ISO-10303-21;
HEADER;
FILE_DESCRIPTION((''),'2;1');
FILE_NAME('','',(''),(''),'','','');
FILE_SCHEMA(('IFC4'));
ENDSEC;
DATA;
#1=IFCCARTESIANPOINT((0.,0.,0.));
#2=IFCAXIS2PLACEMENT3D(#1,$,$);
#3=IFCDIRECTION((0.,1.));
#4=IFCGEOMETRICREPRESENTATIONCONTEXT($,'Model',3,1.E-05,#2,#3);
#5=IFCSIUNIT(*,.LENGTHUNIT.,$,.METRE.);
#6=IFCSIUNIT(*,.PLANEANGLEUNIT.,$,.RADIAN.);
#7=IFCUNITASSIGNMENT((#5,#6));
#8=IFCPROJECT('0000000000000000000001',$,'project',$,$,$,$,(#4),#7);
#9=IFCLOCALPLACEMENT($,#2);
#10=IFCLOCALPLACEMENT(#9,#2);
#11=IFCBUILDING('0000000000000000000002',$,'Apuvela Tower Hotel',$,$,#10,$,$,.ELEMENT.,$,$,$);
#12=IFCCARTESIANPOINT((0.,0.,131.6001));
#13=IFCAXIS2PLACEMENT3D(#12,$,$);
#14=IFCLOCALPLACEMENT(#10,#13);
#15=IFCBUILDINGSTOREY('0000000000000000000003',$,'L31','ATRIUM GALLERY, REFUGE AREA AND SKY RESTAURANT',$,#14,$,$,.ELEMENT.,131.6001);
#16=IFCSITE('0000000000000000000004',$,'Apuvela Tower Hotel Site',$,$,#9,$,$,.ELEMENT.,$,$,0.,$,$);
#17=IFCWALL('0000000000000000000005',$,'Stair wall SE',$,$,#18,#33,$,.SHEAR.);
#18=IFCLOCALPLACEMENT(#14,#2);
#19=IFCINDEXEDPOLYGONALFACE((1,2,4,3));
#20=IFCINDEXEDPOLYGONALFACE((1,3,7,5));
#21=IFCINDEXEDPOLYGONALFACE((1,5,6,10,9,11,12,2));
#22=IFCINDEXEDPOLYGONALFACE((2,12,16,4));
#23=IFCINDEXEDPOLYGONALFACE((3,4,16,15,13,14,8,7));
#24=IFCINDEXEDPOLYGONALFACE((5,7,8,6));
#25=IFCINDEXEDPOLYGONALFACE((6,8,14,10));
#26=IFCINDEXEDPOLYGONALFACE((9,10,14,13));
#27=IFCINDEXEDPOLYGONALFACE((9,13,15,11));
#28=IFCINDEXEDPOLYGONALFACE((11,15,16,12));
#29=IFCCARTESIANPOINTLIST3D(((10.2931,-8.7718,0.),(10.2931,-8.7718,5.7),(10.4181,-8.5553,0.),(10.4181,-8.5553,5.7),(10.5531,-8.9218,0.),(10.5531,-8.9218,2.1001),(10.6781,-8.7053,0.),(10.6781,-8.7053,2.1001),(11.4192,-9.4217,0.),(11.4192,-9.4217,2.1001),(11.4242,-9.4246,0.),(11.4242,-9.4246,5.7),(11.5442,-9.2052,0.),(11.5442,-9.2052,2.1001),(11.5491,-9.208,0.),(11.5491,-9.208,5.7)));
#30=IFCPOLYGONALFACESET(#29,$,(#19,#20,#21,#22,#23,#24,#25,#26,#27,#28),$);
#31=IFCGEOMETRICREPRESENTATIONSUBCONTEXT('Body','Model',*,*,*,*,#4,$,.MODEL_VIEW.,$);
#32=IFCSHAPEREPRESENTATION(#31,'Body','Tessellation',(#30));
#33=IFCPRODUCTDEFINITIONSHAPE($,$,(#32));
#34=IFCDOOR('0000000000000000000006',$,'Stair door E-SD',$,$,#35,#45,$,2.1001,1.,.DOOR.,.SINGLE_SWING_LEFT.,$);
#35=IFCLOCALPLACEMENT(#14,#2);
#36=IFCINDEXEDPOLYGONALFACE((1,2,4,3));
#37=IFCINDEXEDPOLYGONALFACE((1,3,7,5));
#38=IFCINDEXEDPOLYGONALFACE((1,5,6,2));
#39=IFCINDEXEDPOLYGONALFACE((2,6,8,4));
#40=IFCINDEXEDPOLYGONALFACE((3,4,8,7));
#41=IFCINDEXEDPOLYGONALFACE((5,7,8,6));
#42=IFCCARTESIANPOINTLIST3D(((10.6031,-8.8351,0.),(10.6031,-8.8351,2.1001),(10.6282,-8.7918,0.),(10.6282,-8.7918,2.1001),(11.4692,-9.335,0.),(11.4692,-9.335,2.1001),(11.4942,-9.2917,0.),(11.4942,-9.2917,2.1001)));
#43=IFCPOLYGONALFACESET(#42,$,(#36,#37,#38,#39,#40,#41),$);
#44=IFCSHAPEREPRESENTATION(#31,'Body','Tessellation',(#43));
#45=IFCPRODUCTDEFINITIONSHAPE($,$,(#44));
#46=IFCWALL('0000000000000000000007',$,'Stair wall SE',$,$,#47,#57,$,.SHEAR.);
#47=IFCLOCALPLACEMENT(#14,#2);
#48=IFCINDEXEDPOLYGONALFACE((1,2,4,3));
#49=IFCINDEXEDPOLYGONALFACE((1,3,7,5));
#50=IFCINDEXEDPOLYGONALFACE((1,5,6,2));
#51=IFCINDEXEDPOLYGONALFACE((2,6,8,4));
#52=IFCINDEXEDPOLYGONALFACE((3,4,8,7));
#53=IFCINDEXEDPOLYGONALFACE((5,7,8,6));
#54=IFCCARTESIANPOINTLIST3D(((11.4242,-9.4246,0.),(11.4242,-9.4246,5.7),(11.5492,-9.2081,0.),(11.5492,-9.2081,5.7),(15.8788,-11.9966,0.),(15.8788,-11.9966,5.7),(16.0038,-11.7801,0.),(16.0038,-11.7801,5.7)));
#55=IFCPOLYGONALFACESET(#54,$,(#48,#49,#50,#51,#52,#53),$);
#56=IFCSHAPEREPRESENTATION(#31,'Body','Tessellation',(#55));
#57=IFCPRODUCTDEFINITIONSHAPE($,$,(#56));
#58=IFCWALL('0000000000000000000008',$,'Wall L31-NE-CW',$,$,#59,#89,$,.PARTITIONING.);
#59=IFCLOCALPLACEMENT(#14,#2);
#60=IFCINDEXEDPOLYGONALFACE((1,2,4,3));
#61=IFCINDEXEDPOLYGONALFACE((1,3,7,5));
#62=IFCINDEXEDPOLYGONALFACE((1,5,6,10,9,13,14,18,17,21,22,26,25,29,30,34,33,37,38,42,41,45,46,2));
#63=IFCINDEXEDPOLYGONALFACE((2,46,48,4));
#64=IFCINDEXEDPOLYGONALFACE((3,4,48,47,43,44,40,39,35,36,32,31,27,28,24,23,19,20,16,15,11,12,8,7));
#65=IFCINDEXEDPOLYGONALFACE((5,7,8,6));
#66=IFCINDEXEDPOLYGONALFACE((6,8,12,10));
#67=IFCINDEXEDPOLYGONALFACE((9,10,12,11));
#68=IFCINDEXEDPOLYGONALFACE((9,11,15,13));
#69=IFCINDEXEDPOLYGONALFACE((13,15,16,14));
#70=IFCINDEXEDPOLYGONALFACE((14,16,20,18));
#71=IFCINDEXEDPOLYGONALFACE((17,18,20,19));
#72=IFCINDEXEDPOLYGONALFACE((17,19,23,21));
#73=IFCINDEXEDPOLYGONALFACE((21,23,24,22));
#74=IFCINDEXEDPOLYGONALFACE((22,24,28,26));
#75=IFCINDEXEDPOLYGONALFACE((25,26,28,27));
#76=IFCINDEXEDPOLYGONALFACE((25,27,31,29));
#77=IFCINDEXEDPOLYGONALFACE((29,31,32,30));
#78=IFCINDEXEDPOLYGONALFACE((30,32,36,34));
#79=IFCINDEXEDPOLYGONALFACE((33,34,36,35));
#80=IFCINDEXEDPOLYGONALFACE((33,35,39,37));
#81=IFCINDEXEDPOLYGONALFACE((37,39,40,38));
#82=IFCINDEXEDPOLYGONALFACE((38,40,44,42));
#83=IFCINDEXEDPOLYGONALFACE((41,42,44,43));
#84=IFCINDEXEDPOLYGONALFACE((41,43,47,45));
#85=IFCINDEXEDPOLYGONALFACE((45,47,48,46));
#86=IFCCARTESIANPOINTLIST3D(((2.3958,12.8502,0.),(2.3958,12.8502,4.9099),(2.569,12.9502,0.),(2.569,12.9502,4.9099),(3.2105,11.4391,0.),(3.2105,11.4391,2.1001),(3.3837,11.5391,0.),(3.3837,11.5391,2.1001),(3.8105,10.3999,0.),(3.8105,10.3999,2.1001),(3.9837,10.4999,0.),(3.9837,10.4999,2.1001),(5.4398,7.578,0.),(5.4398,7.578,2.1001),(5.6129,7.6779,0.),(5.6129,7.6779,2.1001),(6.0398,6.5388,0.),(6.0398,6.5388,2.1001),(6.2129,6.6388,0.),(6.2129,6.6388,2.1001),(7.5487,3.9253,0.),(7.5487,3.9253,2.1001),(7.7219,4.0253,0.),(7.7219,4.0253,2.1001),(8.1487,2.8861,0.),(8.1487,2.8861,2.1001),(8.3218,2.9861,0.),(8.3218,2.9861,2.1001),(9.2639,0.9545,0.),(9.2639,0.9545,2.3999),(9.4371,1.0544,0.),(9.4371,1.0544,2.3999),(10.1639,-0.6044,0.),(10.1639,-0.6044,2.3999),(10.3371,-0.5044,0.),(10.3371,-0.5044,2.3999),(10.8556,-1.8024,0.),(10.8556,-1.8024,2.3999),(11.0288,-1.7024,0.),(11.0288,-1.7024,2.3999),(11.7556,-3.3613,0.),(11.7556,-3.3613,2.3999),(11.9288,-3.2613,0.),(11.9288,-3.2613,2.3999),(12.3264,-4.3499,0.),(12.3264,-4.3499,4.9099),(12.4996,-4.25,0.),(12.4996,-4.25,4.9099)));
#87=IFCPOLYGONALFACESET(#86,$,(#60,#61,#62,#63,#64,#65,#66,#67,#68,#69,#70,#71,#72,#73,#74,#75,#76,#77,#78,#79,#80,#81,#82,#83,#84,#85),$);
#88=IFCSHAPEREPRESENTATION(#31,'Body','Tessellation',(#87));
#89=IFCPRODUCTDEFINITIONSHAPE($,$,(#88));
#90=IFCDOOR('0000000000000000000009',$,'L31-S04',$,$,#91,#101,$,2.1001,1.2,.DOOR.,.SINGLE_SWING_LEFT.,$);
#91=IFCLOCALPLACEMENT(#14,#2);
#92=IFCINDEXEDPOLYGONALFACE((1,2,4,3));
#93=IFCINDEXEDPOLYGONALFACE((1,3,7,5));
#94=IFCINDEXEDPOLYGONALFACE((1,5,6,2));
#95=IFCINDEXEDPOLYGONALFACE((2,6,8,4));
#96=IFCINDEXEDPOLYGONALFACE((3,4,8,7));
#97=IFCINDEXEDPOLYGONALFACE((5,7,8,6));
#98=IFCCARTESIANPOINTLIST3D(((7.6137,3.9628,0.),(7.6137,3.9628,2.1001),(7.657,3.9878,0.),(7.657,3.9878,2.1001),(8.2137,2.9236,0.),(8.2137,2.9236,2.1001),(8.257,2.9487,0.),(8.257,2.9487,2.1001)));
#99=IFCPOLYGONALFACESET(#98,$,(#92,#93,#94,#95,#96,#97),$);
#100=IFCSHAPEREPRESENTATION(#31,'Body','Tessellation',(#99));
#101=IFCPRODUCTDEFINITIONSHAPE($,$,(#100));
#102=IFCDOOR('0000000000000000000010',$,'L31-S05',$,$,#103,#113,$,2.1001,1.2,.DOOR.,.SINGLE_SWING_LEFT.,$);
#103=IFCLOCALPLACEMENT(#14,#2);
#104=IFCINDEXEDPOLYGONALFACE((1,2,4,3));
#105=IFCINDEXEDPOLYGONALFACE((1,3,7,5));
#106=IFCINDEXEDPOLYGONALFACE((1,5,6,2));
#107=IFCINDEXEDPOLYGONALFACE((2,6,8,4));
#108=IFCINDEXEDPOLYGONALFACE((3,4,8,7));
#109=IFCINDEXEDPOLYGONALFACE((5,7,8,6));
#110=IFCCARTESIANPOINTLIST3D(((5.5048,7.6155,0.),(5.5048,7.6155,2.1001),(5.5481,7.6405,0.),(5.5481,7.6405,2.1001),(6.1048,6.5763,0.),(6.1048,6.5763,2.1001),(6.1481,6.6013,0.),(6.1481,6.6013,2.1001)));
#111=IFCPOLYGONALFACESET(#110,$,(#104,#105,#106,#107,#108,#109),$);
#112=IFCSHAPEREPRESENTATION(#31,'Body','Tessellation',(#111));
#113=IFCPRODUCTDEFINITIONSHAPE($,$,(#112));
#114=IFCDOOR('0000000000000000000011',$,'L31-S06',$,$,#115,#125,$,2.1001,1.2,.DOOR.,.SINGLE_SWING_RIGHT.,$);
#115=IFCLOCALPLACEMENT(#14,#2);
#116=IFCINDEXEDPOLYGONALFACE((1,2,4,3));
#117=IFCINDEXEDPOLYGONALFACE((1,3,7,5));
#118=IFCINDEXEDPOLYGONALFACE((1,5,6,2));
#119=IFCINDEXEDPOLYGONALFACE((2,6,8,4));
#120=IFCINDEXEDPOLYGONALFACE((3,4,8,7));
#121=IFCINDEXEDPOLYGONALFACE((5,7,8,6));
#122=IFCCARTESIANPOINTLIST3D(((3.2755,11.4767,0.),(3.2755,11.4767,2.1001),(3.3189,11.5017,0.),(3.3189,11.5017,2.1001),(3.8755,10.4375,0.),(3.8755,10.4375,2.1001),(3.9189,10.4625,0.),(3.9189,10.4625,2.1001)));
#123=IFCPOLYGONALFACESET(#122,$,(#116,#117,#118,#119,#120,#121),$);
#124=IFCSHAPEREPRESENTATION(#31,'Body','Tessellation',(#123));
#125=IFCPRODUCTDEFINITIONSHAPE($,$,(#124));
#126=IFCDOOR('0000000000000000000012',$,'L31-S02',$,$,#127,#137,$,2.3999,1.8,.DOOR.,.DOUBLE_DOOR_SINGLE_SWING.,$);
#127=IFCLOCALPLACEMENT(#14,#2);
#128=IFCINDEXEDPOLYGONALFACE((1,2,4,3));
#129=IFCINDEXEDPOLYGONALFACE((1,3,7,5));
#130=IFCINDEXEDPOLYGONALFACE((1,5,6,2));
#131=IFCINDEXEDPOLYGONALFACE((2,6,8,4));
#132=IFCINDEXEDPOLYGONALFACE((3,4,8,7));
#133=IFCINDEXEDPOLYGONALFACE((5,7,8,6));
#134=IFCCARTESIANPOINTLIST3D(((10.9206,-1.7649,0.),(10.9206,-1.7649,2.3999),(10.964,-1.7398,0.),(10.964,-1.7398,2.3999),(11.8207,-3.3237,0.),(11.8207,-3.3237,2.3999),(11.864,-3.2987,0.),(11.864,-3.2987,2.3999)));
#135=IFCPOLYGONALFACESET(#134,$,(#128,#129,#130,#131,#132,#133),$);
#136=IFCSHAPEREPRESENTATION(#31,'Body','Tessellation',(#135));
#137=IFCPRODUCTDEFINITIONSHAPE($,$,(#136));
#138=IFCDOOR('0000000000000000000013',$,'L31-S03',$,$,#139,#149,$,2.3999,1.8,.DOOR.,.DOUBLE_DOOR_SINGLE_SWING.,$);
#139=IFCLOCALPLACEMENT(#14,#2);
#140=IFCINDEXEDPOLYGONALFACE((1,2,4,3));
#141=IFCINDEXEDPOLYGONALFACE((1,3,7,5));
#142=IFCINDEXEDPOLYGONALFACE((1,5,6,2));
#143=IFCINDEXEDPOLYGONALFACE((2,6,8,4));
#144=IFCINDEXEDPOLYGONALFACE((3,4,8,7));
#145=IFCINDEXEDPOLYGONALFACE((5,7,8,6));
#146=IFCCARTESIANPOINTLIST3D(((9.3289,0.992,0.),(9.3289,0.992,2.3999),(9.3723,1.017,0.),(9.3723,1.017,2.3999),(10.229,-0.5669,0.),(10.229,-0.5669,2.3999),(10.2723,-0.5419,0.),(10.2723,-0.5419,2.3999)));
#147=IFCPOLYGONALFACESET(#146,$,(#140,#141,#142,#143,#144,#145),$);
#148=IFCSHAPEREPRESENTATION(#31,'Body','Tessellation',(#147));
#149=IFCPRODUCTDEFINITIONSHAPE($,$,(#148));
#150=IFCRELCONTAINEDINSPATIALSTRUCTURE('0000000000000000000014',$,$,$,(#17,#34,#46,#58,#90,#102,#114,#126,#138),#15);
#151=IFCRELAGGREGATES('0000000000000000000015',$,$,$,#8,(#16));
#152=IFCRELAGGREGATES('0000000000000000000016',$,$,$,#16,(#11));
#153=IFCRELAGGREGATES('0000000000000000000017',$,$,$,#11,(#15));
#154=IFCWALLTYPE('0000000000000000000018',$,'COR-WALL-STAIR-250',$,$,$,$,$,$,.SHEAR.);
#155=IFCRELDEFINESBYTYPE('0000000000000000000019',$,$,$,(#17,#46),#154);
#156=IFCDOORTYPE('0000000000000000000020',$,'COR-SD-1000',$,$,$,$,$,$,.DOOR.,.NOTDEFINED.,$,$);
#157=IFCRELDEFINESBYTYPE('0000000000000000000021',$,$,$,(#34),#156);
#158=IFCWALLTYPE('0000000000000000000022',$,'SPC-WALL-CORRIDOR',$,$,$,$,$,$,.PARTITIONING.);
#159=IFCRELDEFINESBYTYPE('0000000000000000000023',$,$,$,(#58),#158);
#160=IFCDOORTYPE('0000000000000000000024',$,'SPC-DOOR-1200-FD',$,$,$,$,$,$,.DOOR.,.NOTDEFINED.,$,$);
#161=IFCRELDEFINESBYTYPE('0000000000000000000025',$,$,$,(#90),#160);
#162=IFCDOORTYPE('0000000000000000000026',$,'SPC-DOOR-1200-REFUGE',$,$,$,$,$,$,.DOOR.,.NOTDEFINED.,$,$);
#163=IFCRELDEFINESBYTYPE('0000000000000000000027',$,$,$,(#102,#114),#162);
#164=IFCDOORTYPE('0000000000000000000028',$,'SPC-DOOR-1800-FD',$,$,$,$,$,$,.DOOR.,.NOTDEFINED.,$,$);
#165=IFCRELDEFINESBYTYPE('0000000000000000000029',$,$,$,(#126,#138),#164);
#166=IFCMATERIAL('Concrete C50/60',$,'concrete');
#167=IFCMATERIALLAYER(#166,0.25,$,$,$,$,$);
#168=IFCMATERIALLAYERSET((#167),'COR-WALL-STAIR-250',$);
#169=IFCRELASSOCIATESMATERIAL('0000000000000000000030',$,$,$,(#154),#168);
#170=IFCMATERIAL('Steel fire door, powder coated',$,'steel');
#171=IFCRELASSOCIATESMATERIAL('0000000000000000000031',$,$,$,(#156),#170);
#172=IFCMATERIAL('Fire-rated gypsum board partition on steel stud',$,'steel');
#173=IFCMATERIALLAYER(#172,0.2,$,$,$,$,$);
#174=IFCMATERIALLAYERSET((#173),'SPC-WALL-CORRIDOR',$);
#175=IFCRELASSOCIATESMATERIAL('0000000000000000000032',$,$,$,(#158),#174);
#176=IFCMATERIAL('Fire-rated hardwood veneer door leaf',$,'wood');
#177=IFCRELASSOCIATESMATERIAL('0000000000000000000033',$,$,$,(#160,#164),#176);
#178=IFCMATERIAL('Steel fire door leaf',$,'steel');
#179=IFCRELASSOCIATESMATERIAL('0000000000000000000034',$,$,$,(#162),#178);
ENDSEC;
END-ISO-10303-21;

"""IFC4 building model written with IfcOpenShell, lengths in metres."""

from ifc_helpers import new_model, si_unit, direction, frame, frame_2d, origin, place, context, subcontext, project, spatial, rectangle, extrude, material, layer, layer_set, type_object, element, fill, save


model = new_model("IFC4")

# Units and contexts
model_context = context("Model", 3, precision=1e-05, world=origin(), true_north=direction((0.0, 1.0)))
body_context = subcontext(model_context, "Body", "Model", "MODEL_VIEW")
ifc_project = project(units=[si_unit("LENGTHUNIT", "METRE"), si_unit("PLANEANGLEUNIT", "RADIAN")], contexts=[model_context])

# Site, building, storey
site_placement = place(None, origin())
site = spatial("IfcSite", under=ifc_project, at=site_placement, Name="Apuvela Tower Hotel Site", CompositionType="ELEMENT", RefElevation=0.0)
building_placement = place(site_placement, origin())
building = spatial("IfcBuilding", under=site, at=building_placement, Name="Apuvela Tower Hotel", CompositionType="ELEMENT")
storey_placement = place(building_placement, frame((0.0, 0.0, 131.6001)))
storey = spatial("IfcBuildingStorey", under=building, at=storey_placement, Name="L31", Description="ATRIUM GALLERY, REFUGE AREA AND SKY RESTAURANT", CompositionType="ELEMENT", Elevation=131.6001)

# Shared definitions
ifc_material_1 = material(Name="Concrete C50/60", Category="concrete")
ifc_material_2 = material(Name="Steel fire door, powder coated", Category="steel")

# Wall, opening, door
ifc_layer_1 = layer(ifc_material_1, 0.25)
ifc_layer_set_1 = layer_set([ifc_layer_1], Name="COR-WALL-STAIR-250")
wall_type_1 = type_object("IfcWallType", Name="COR-WALL-STAIR-250", PredefinedType="SHEAR", material=ifc_layer_set_1)
wall_1_placement = place(storey_placement, frame((10.3557, -8.6636, 0.0), z_axis=(0.0, 0.0, 1.0), x_axis=(0.866095, -0.499879, 0.0)))
wall_1 = element("IfcWall", 1, at=wall_1_placement, inside=storey, type_object=wall_type_1, Name="Stair wall SE", PredefinedType="SHEAR", context=body_context, shape_type="SweptSolid", body=[
    extrude(rectangle(XDim=1.3059, YDim=0.25, at=frame_2d((0.6528, 0.0))), origin(), (0.0, 0.0, 1.0), 5.7),
])
opening_1_placement = place(wall_1_placement, frame((0.3, 0.0, 0.0)))
opening_1 = element("IfcOpeningElement", 2, at=opening_1_placement, cuts=wall_1, PredefinedType="OPENING", context=body_context, shape_type="SweptSolid", body=[
    extrude(rectangle(XDim=1.0, YDim=2.1001, at=frame_2d((0.5, 1.05))), frame((0.0, 0.135, 0.0), z_axis=(0.0, -1.0, 0.0), x_axis=(1.0, 0.0, 0.0)), (0.0, 0.0, 1.0), 0.27),
])
door_type_1 = type_object("IfcDoorType", Name="COR-SD-1000", OperationType="NOTDEFINED", PredefinedType="DOOR", material=ifc_material_2)
door_1_placement = place(opening_1_placement, frame((1.0, 0.0, 0.0), z_axis=(0.0, 0.0, 1.0), x_axis=(-1.0, 0.0, 0.0)))
door_1 = element("IfcDoor", 3, at=door_1_placement, inside=storey, type_object=door_type_1, Name="Stair door E-SD", OperationType="SINGLE_SWING_LEFT", OverallHeight=2.1001, OverallWidth=1.0, PredefinedType="DOOR", context=body_context, shape_type="SweptSolid", body=[
    extrude(rectangle(XDim=1.0, YDim=2.1001, at=frame_2d((0.5, 1.05))), frame((0.0, 0.0249, 0.0), z_axis=(0.0, -1.0, 0.0), x_axis=(1.0, 0.0, 0.0)), (0.0, 0.0, 1.0), 0.05),
])
fill(opening_1, door_1)

# Wall
wall_2_placement = place(storey_placement, frame((11.4868, -9.3164, 0.0), z_axis=(0.0, 0.0, 1.0), x_axis=(0.866012, -0.500024, 0.0)))
element("IfcWall", 4, at=wall_2_placement, inside=storey, type_object=wall_type_1, Name="Stair wall SE", PredefinedType="SHEAR", context=body_context, shape_type="SweptSolid", body=[
    extrude(rectangle(XDim=5.1438, YDim=0.25, at=frame_2d((2.5718, 0.0))), origin(), (0.0, 0.0, 1.0), 5.7),
])

# Wall, openings, doors
ifc_material_3 = material(Name="Fire-rated gypsum board partition on steel stud", Category="steel")
ifc_layer_2 = layer(ifc_material_3, 0.2)
ifc_layer_set_2 = layer_set([ifc_layer_2], Name="SPC-WALL-CORRIDOR")
wall_type_2 = type_object("IfcWallType", Name="SPC-WALL-CORRIDOR", PredefinedType="PARTITIONING", material=ifc_layer_set_2)
wall_3_placement = place(storey_placement, frame((12.4131, -4.3, 0.0), z_axis=(0.0, 0.0, 1.0), x_axis=(-0.500005, 0.866023, 0.0)))
wall_3 = element("IfcWall", 5, at=wall_3_placement, inside=storey, type_object=wall_type_2, Name="Wall L31-NE-CW", PredefinedType="PARTITIONING", context=body_context, shape_type="SweptSolid", body=[
    extrude(rectangle(XDim=19.8611, YDim=0.2, at=frame_2d((9.9307, 0.0))), origin(), (0.0, 0.0, 1.0), 4.9099),
])
opening_2_placement = place(wall_3_placement, frame((1.1418, 0.0, 0.0)))
opening_2 = element("IfcOpeningElement", 6, at=opening_2_placement, cuts=wall_3, PredefinedType="OPENING", context=body_context, shape_type="SweptSolid", body=[
    extrude(rectangle(XDim=1.8, YDim=2.3999, at=frame_2d((0.8999, 1.2))), frame((0.0, 0.1099, 0.0), z_axis=(0.0, -1.0, 0.0), x_axis=(1.0, 0.0, 0.0)), (0.0, 0.0, 1.0), 0.22),
])
opening_3_placement = place(wall_3_placement, frame((4.3252, 0.0, 0.0)))
opening_3 = element("IfcOpeningElement", 7, at=opening_3_placement, cuts=wall_3, PredefinedType="OPENING", context=body_context, shape_type="SweptSolid", body=[
    extrude(rectangle(XDim=1.8, YDim=2.3999, at=frame_2d((0.8999, 1.2))), frame((0.0, 0.1099, 0.0), z_axis=(0.0, -1.0, 0.0), x_axis=(1.0, 0.0, 0.0)), (0.0, 0.0, 1.0), 0.22),
])
opening_4_placement = place(wall_3_placement, frame((8.3555, 0.0, 0.0)))
opening_4 = element("IfcOpeningElement", 8, at=opening_4_placement, cuts=wall_3, PredefinedType="OPENING", context=body_context, shape_type="SweptSolid", body=[
    extrude(rectangle(XDim=1.2, YDim=2.1001, at=frame_2d((0.6001, 1.05))), frame((0.0, 0.1099, 0.0), z_axis=(0.0, -1.0, 0.0), x_axis=(1.0, 0.0, 0.0)), (0.0, 0.0, 1.0), 0.22),
])
opening_5_placement = place(wall_3_placement, frame((12.5732, 0.0, 0.0)))
opening_5 = element("IfcOpeningElement", 9, at=opening_5_placement, cuts=wall_3, PredefinedType="OPENING", context=body_context, shape_type="SweptSolid", body=[
    extrude(rectangle(XDim=1.2, YDim=2.1001, at=frame_2d((0.6001, 1.05))), frame((0.0, 0.1099, 0.0), z_axis=(0.0, -1.0, 0.0), x_axis=(1.0, 0.0, 0.0)), (0.0, 0.0, 1.0), 0.22),
])
opening_6_placement = place(wall_3_placement, frame((17.0317, 0.0, 0.0)))
opening_6 = element("IfcOpeningElement", 10, at=opening_6_placement, cuts=wall_3, PredefinedType="OPENING", context=body_context, shape_type="SweptSolid", body=[
    extrude(rectangle(XDim=1.2, YDim=2.1001, at=frame_2d((0.6001, 1.05))), frame((0.0, 0.1099, 0.0), z_axis=(0.0, -1.0, 0.0), x_axis=(1.0, 0.0, 0.0)), (0.0, 0.0, 1.0), 0.22),
])
ifc_material_4 = material(Name="Fire-rated hardwood veneer door leaf", Category="wood")
door_type_2 = type_object("IfcDoorType", Name="SPC-DOOR-1200-FD", OperationType="NOTDEFINED", PredefinedType="DOOR", material=ifc_material_4)
door_2_placement = place(opening_4_placement, origin())
door_2 = element("IfcDoor", 11, at=door_2_placement, inside=storey, type_object=door_type_2, Name="L31-S04", OperationType="SINGLE_SWING_LEFT", OverallHeight=2.1001, OverallWidth=1.2, PredefinedType="DOOR", context=body_context, shape_type="SweptSolid", body=[
    extrude(rectangle(XDim=1.2, YDim=2.1001, at=frame_2d((0.6001, 1.05))), frame((0.0, 0.0249, 0.0), z_axis=(0.0, -1.0, 0.0), x_axis=(1.0, 0.0, 0.0)), (0.0, 0.0, 1.0), 0.05),
])
fill(opening_4, door_2)
ifc_material_5 = material(Name="Steel fire door leaf", Category="steel")
door_type_3 = type_object("IfcDoorType", Name="SPC-DOOR-1200-REFUGE", OperationType="NOTDEFINED", PredefinedType="DOOR", material=ifc_material_5)
door_3_placement = place(opening_5_placement, origin())
door_3 = element("IfcDoor", 12, at=door_3_placement, inside=storey, type_object=door_type_3, Name="L31-S05", OperationType="SINGLE_SWING_LEFT", OverallHeight=2.1001, OverallWidth=1.2, PredefinedType="DOOR", context=body_context, shape_type="SweptSolid", body=[
    extrude(rectangle(XDim=1.2, YDim=2.1001, at=frame_2d((0.6001, 1.05))), frame((0.0, 0.0249, 0.0), z_axis=(0.0, -1.0, 0.0), x_axis=(1.0, 0.0, 0.0)), (0.0, 0.0, 1.0), 0.05),
])
fill(opening_5, door_3)
door_4_placement = place(opening_6_placement, origin())
door_4 = element("IfcDoor", 13, at=door_4_placement, inside=storey, type_object=door_type_3, Name="L31-S06", OperationType="SINGLE_SWING_RIGHT", OverallHeight=2.1001, OverallWidth=1.2, PredefinedType="DOOR", context=body_context, shape_type="SweptSolid", body=[
    extrude(rectangle(XDim=1.2, YDim=2.1001, at=frame_2d((0.6001, 1.05))), frame((0.0, 0.0249, 0.0), z_axis=(0.0, -1.0, 0.0), x_axis=(1.0, 0.0, 0.0)), (0.0, 0.0, 1.0), 0.05),
])
fill(opening_6, door_4)
door_type_4 = type_object("IfcDoorType", Name="SPC-DOOR-1800-FD", OperationType="NOTDEFINED", PredefinedType="DOOR", material=ifc_material_4)
door_5_placement = place(opening_2_placement, origin())
door_5 = element("IfcDoor", 14, at=door_5_placement, inside=storey, type_object=door_type_4, Name="L31-S02", OperationType="DOUBLE_DOOR_SINGLE_SWING", OverallHeight=2.3999, OverallWidth=1.8, PredefinedType="DOOR", context=body_context, shape_type="SweptSolid", body=[
    extrude(rectangle(XDim=1.8, YDim=2.3999, at=frame_2d((0.8999, 1.2))), frame((0.0, 0.0249, 0.0), z_axis=(0.0, -1.0, 0.0), x_axis=(1.0, 0.0, 0.0)), (0.0, 0.0, 1.0), 0.05),
])
fill(opening_2, door_5)
door_6_placement = place(opening_3_placement, origin())
door_6 = element("IfcDoor", 15, at=door_6_placement, inside=storey, type_object=door_type_4, Name="L31-S03", OperationType="DOUBLE_DOOR_SINGLE_SWING", OverallHeight=2.3999, OverallWidth=1.8, PredefinedType="DOOR", context=body_context, shape_type="SweptSolid", body=[
    extrude(rectangle(XDim=1.8, YDim=2.3999, at=frame_2d((0.8999, 1.2))), frame((0.0, 0.0249, 0.0), z_axis=(0.0, -1.0, 0.0), x_axis=(1.0, 0.0, 0.0)), (0.0, 0.0, 1.0), 0.05),
])
fill(opening_3, door_6)

save(model, "model.ifc")
